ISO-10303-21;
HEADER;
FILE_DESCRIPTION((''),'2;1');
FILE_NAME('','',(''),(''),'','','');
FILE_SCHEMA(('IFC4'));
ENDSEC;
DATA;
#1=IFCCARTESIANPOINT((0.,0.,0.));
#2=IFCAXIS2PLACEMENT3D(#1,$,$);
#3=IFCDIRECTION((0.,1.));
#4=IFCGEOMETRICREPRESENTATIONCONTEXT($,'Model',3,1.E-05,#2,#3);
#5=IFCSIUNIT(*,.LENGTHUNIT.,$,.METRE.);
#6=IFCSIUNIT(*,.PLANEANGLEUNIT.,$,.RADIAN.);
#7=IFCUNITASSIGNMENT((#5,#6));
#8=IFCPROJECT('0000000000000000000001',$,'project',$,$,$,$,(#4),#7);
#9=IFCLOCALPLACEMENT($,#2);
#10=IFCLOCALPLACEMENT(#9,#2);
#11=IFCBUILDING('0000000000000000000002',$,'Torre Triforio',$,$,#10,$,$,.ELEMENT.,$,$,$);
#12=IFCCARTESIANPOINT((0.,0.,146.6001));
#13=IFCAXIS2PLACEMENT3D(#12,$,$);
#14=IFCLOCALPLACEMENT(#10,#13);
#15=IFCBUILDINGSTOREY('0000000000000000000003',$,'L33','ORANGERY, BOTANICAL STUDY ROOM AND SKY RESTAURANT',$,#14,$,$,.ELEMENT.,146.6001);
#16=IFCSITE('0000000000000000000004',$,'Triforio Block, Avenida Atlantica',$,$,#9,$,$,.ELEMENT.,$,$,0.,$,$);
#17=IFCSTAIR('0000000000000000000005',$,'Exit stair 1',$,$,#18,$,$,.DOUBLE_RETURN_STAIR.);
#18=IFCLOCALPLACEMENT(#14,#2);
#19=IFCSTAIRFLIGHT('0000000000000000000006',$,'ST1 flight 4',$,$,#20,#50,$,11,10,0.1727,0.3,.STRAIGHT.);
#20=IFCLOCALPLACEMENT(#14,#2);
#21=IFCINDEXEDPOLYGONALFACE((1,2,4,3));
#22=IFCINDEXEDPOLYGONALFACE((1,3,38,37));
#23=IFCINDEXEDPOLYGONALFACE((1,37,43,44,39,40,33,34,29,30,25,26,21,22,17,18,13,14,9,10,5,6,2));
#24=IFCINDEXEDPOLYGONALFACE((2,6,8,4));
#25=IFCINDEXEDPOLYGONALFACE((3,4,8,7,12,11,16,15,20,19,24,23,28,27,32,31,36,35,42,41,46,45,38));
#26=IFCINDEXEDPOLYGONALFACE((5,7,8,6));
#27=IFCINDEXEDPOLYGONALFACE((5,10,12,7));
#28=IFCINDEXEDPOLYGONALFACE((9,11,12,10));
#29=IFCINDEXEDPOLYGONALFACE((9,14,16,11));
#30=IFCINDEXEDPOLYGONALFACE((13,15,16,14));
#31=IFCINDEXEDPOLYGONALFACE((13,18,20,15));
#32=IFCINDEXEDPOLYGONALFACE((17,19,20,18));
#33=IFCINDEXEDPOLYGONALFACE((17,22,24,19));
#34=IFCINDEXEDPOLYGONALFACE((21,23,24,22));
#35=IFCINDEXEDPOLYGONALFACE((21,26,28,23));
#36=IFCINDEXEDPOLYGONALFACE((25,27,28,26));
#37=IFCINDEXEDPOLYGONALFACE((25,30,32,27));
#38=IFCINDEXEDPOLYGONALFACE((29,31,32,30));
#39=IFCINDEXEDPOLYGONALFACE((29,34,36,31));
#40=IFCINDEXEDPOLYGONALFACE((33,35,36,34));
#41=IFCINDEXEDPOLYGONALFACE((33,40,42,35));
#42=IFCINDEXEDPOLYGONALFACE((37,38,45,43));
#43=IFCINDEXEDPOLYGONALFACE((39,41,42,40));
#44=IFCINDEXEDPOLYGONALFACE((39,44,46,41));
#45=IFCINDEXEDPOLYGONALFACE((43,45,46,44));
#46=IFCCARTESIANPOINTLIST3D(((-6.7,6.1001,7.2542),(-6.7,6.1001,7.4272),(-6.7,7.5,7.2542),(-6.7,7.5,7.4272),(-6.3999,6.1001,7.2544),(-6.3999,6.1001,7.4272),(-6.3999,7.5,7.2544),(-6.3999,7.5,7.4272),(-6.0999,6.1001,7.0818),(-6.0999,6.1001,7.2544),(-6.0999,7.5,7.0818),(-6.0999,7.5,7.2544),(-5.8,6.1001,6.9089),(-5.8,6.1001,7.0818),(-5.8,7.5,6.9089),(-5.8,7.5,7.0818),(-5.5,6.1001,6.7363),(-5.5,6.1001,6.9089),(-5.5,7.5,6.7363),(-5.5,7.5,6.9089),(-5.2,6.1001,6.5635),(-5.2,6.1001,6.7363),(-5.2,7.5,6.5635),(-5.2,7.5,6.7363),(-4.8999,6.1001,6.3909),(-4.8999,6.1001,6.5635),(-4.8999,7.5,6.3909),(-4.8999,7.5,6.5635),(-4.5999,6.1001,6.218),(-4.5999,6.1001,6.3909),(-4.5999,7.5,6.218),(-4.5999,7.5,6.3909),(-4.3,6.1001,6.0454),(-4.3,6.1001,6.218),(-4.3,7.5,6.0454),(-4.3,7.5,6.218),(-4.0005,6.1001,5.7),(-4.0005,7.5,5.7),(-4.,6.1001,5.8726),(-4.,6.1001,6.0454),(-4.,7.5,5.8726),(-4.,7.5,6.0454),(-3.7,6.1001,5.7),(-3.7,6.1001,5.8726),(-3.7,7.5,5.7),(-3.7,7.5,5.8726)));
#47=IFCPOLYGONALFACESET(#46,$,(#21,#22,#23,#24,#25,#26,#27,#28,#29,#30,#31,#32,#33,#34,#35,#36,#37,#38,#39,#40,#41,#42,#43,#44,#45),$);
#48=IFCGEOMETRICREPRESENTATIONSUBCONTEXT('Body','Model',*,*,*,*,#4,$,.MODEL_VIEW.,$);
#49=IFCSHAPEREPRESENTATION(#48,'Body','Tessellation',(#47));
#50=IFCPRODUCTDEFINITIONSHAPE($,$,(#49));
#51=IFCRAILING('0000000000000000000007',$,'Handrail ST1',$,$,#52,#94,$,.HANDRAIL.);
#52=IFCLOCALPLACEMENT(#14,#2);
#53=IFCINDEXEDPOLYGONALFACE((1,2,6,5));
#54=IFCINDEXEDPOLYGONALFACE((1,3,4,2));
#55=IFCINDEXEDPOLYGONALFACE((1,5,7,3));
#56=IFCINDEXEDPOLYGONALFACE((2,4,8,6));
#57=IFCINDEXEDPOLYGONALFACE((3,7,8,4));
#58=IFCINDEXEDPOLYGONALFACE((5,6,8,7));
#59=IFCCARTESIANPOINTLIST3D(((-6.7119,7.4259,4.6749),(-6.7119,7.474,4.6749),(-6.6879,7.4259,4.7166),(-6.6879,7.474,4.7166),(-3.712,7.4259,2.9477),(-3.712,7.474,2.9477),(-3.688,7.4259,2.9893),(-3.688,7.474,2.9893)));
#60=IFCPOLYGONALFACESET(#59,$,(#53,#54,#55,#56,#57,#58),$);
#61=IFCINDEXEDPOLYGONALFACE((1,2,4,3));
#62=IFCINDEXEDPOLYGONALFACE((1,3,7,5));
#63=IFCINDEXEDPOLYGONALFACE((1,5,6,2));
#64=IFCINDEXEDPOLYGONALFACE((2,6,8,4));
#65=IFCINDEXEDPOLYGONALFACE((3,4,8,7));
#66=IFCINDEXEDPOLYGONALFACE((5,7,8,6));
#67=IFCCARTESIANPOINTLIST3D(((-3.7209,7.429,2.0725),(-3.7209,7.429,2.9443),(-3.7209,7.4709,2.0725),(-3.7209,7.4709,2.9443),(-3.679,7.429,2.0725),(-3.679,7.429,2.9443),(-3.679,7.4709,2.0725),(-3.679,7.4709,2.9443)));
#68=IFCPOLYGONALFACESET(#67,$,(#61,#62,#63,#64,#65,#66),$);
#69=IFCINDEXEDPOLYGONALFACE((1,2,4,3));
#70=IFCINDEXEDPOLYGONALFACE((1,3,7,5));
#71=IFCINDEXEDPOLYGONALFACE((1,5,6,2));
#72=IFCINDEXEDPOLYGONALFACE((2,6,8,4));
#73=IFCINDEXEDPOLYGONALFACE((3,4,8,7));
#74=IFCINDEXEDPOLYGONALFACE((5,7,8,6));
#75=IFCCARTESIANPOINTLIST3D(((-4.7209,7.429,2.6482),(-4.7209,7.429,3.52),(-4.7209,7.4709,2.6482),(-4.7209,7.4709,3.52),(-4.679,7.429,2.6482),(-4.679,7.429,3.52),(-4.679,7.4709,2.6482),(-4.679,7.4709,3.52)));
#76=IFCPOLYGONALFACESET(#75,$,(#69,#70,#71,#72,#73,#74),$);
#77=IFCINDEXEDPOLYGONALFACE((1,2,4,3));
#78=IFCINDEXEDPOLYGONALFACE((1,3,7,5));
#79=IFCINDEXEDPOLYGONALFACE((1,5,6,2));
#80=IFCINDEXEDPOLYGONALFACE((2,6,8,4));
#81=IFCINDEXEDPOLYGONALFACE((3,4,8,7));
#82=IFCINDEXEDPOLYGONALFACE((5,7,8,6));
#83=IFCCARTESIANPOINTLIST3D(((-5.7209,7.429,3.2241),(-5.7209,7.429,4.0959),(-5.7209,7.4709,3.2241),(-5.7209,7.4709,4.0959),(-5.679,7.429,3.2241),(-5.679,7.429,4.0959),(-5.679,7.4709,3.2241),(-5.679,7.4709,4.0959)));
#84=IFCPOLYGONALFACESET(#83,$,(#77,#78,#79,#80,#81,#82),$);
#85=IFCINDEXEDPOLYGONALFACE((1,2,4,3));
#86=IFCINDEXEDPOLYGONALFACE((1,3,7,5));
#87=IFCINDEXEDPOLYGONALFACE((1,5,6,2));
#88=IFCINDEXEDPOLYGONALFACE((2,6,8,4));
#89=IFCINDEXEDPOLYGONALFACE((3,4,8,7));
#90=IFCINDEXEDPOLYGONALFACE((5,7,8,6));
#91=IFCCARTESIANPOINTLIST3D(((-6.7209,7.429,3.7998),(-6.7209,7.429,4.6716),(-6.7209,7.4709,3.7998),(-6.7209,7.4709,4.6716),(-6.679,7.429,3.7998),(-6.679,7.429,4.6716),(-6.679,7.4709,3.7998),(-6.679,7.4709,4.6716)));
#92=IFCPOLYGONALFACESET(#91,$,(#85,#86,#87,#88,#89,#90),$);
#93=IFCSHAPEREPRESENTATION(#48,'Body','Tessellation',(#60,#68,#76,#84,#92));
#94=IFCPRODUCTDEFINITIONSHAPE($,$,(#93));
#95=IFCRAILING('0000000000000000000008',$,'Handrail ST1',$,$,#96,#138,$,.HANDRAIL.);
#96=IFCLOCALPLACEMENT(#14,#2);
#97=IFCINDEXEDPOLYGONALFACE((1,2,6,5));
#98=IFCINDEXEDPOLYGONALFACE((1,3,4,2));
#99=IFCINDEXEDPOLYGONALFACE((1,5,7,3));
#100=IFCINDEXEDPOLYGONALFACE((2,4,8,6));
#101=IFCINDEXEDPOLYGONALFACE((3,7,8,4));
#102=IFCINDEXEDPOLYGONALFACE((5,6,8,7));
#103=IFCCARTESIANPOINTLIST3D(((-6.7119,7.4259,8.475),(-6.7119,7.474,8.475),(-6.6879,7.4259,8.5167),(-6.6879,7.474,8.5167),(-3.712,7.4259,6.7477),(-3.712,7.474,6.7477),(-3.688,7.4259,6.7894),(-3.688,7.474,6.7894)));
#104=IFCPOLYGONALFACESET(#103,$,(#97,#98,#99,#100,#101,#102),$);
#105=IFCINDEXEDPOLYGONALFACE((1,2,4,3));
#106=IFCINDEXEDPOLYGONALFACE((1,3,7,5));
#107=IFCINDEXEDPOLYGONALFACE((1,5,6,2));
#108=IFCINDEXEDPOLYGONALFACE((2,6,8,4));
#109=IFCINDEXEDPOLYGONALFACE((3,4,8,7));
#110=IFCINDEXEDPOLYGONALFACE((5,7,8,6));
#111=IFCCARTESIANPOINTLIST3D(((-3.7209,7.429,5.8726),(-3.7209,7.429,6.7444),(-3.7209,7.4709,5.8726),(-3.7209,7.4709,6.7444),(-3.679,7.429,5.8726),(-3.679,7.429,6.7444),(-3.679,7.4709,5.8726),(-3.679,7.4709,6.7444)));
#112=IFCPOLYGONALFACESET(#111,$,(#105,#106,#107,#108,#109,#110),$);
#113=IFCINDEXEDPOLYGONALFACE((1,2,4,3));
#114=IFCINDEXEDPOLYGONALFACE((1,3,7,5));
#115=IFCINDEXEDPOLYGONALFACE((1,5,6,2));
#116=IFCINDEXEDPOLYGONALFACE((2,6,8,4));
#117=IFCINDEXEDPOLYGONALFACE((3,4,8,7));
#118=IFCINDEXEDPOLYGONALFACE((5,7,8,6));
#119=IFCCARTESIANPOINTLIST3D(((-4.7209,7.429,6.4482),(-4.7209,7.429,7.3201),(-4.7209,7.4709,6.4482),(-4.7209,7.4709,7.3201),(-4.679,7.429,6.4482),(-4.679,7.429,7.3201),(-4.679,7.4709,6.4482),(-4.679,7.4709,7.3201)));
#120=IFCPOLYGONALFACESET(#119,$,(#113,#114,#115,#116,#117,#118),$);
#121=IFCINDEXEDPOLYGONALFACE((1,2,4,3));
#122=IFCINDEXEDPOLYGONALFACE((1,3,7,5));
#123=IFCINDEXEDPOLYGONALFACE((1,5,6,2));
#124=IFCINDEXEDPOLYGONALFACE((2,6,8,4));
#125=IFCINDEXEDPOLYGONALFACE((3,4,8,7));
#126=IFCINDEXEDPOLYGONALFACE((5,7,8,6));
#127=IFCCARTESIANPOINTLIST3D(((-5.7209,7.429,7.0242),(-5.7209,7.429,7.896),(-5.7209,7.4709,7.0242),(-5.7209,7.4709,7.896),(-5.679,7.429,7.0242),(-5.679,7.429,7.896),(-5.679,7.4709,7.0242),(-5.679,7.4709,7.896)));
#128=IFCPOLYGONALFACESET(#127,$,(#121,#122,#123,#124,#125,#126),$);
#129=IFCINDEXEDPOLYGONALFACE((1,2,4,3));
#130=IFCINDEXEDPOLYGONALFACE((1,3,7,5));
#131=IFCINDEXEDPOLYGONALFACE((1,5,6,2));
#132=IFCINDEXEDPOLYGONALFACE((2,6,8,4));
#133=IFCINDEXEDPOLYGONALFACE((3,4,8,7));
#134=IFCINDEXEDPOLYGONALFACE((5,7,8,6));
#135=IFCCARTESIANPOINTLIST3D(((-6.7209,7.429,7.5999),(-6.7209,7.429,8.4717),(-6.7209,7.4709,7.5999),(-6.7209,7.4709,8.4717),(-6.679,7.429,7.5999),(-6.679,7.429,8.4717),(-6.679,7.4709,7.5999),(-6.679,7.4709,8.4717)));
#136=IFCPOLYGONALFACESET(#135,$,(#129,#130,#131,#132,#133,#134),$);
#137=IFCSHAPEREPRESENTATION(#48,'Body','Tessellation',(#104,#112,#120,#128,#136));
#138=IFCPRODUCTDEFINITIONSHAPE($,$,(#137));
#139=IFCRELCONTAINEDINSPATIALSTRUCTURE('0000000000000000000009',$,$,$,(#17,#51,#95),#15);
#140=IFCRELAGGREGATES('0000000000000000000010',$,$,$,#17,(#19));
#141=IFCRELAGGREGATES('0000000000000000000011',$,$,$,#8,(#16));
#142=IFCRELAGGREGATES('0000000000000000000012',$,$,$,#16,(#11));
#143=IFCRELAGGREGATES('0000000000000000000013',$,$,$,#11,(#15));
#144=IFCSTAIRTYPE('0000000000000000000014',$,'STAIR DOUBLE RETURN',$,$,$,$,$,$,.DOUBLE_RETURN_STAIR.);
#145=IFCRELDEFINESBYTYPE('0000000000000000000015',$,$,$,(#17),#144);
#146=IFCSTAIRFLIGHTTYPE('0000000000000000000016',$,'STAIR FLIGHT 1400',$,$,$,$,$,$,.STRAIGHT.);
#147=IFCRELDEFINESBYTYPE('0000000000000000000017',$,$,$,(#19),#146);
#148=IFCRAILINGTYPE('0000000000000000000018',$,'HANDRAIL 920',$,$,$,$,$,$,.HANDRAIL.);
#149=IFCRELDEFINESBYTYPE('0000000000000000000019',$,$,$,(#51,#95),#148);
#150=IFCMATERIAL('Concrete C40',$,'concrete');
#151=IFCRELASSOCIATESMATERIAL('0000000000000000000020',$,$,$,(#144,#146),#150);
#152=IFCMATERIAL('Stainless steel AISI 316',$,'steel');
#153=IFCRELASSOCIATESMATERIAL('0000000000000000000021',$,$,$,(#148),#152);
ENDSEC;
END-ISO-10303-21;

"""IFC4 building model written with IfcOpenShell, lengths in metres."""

from ifc_helpers import new_model, si_unit, direction, frame, origin, origin_2d, place, context, subcontext, project, spatial, polyline, rectangle, outline, extrude, material, type_object, element, aggregate, save


model = new_model("IFC4")

# Units and contexts
model_context = context("Model", 3, precision=1e-05, world=origin(), true_north=direction((0.0, 1.0)))
body_context = subcontext(model_context, "Body", "Model", "MODEL_VIEW")
ifc_project = project(units=[si_unit("LENGTHUNIT", "METRE"), si_unit("PLANEANGLEUNIT", "RADIAN")], contexts=[model_context])

# Site, building, storey
site_placement = place(None, origin())
site = spatial("IfcSite", under=ifc_project, at=site_placement, Name="Triforio Block, Avenida Atlantica", CompositionType="ELEMENT", RefElevation=0.0)
building_placement = place(site_placement, origin())
building = spatial("IfcBuilding", under=site, at=building_placement, Name="Torre Triforio", CompositionType="ELEMENT")
storey_placement = place(building_placement, frame((0.0, 0.0, 146.6001)))
storey = spatial("IfcBuildingStorey", under=building, at=storey_placement, Name="L33", Description="ORANGERY, BOTANICAL STUDY ROOM AND SKY RESTAURANT", CompositionType="ELEMENT", Elevation=146.6001)

# Stair, stair flight
ifc_material_1 = material(Name="Concrete C40", Category="concrete")
stair_type = type_object("IfcStairType", Name="STAIR DOUBLE RETURN", PredefinedType="DOUBLE_RETURN_STAIR", material=ifc_material_1)
stair_placement = place(storey_placement, origin())
stair = element("IfcStair", 1, at=stair_placement, inside=storey, type_object=stair_type, Name="Exit stair 1", PredefinedType="DOUBLE_RETURN_STAIR")
stair_flight_type = type_object("IfcStairFlightType", Name="STAIR FLIGHT 1400", PredefinedType="STRAIGHT", material=ifc_material_1)
stair_flight_placement = place(storey_placement, frame((-3.7, 6.8, 5.7), z_axis=(0.0, 0.0, 1.0), x_axis=(-1.0, 0.0, 0.0)))
stair_flight = element("IfcStairFlight", 2, at=stair_flight_placement, type_object=stair_flight_type, Name="ST1 flight 4", NumberOfRisers=11, NumberOfTreads=10, PredefinedType="STRAIGHT", RiserHeight=0.1727, TreadLength=0.3, context=body_context, shape_type="SweptSolid", body=[
    extrude(outline(polyline([(0.0, 0.0), (0.0, 0.1726), (0.3, 0.1726), (0.3, 0.3455), (0.6001, 0.3455), (0.6001, 0.5181), (0.8999, 0.5181), (0.8999, 0.6909), (1.2, 0.6909), (1.2, 0.8635), (1.5, 0.8635), (1.5, 1.0364), (1.8, 1.0364), (1.8, 1.209), (2.1001, 1.209), (2.1001, 1.3818), (2.3999, 1.3818), (2.3999, 1.5544), (2.7, 1.5544), (2.7, 1.7273), (3.0, 1.7273), (3.0, 1.8999), (3.0, 1.5542), (0.3005, 0.0), (0.0, 0.0)])), frame((0.0, 0.7, 0.0), z_axis=(0.0, -1.0, 0.0), x_axis=(1.0, 0.0, 0.0)), (0.0, 0.0, 1.0), 1.3999),
])
aggregate(stair, [stair_flight])

# Railings
ifc_material_2 = material(Name="Stainless steel AISI 316", Category="steel")
railing_type = type_object("IfcRailingType", Name="HANDRAIL 920", PredefinedType="HANDRAIL", material=ifc_material_2)
for number, where, name in (
    (3, (-3.7, 7.45, 2.0725), "Handrail ST1"),
    (4, (-3.7, 7.45, 5.8726), "Handrail ST1"),
):
    element("IfcRailing", number, at=place(storey_placement, frame(where)), inside=storey, type_object=railing_type, Name=name, PredefinedType="HANDRAIL", context=body_context, shape_type="SweptSolid", body=[
        extrude(rectangle(XDim=0.0481, YDim=0.0481, at=origin_2d()), frame((0.0, 0.0, 0.896), z_axis=(-0.86662, 0.0, 0.498969), x_axis=(0.0, -1.0, 0.0)), (0.0, 0.0, 1.0), 3.4617),
        extrude(rectangle(XDim=0.042, YDim=0.042, at=origin_2d()), origin(), (0.0, 0.0, 1.0), 0.8718),
        extrude(rectangle(XDim=0.042, YDim=0.042, at=origin_2d()), frame((-1.0, 0.0, 0.5757)), (0.0, 0.0, 1.0), 0.8718),
        extrude(rectangle(XDim=0.042, YDim=0.042, at=origin_2d()), frame((-2.0, 0.0, 1.1516)), (0.0, 0.0, 1.0), 0.8718),
        extrude(rectangle(XDim=0.042, YDim=0.042, at=origin_2d()), frame((-3.0, 0.0, 1.7273)), (0.0, 0.0, 1.0), 0.8718),
    ])

save(model, "model.ifc")
